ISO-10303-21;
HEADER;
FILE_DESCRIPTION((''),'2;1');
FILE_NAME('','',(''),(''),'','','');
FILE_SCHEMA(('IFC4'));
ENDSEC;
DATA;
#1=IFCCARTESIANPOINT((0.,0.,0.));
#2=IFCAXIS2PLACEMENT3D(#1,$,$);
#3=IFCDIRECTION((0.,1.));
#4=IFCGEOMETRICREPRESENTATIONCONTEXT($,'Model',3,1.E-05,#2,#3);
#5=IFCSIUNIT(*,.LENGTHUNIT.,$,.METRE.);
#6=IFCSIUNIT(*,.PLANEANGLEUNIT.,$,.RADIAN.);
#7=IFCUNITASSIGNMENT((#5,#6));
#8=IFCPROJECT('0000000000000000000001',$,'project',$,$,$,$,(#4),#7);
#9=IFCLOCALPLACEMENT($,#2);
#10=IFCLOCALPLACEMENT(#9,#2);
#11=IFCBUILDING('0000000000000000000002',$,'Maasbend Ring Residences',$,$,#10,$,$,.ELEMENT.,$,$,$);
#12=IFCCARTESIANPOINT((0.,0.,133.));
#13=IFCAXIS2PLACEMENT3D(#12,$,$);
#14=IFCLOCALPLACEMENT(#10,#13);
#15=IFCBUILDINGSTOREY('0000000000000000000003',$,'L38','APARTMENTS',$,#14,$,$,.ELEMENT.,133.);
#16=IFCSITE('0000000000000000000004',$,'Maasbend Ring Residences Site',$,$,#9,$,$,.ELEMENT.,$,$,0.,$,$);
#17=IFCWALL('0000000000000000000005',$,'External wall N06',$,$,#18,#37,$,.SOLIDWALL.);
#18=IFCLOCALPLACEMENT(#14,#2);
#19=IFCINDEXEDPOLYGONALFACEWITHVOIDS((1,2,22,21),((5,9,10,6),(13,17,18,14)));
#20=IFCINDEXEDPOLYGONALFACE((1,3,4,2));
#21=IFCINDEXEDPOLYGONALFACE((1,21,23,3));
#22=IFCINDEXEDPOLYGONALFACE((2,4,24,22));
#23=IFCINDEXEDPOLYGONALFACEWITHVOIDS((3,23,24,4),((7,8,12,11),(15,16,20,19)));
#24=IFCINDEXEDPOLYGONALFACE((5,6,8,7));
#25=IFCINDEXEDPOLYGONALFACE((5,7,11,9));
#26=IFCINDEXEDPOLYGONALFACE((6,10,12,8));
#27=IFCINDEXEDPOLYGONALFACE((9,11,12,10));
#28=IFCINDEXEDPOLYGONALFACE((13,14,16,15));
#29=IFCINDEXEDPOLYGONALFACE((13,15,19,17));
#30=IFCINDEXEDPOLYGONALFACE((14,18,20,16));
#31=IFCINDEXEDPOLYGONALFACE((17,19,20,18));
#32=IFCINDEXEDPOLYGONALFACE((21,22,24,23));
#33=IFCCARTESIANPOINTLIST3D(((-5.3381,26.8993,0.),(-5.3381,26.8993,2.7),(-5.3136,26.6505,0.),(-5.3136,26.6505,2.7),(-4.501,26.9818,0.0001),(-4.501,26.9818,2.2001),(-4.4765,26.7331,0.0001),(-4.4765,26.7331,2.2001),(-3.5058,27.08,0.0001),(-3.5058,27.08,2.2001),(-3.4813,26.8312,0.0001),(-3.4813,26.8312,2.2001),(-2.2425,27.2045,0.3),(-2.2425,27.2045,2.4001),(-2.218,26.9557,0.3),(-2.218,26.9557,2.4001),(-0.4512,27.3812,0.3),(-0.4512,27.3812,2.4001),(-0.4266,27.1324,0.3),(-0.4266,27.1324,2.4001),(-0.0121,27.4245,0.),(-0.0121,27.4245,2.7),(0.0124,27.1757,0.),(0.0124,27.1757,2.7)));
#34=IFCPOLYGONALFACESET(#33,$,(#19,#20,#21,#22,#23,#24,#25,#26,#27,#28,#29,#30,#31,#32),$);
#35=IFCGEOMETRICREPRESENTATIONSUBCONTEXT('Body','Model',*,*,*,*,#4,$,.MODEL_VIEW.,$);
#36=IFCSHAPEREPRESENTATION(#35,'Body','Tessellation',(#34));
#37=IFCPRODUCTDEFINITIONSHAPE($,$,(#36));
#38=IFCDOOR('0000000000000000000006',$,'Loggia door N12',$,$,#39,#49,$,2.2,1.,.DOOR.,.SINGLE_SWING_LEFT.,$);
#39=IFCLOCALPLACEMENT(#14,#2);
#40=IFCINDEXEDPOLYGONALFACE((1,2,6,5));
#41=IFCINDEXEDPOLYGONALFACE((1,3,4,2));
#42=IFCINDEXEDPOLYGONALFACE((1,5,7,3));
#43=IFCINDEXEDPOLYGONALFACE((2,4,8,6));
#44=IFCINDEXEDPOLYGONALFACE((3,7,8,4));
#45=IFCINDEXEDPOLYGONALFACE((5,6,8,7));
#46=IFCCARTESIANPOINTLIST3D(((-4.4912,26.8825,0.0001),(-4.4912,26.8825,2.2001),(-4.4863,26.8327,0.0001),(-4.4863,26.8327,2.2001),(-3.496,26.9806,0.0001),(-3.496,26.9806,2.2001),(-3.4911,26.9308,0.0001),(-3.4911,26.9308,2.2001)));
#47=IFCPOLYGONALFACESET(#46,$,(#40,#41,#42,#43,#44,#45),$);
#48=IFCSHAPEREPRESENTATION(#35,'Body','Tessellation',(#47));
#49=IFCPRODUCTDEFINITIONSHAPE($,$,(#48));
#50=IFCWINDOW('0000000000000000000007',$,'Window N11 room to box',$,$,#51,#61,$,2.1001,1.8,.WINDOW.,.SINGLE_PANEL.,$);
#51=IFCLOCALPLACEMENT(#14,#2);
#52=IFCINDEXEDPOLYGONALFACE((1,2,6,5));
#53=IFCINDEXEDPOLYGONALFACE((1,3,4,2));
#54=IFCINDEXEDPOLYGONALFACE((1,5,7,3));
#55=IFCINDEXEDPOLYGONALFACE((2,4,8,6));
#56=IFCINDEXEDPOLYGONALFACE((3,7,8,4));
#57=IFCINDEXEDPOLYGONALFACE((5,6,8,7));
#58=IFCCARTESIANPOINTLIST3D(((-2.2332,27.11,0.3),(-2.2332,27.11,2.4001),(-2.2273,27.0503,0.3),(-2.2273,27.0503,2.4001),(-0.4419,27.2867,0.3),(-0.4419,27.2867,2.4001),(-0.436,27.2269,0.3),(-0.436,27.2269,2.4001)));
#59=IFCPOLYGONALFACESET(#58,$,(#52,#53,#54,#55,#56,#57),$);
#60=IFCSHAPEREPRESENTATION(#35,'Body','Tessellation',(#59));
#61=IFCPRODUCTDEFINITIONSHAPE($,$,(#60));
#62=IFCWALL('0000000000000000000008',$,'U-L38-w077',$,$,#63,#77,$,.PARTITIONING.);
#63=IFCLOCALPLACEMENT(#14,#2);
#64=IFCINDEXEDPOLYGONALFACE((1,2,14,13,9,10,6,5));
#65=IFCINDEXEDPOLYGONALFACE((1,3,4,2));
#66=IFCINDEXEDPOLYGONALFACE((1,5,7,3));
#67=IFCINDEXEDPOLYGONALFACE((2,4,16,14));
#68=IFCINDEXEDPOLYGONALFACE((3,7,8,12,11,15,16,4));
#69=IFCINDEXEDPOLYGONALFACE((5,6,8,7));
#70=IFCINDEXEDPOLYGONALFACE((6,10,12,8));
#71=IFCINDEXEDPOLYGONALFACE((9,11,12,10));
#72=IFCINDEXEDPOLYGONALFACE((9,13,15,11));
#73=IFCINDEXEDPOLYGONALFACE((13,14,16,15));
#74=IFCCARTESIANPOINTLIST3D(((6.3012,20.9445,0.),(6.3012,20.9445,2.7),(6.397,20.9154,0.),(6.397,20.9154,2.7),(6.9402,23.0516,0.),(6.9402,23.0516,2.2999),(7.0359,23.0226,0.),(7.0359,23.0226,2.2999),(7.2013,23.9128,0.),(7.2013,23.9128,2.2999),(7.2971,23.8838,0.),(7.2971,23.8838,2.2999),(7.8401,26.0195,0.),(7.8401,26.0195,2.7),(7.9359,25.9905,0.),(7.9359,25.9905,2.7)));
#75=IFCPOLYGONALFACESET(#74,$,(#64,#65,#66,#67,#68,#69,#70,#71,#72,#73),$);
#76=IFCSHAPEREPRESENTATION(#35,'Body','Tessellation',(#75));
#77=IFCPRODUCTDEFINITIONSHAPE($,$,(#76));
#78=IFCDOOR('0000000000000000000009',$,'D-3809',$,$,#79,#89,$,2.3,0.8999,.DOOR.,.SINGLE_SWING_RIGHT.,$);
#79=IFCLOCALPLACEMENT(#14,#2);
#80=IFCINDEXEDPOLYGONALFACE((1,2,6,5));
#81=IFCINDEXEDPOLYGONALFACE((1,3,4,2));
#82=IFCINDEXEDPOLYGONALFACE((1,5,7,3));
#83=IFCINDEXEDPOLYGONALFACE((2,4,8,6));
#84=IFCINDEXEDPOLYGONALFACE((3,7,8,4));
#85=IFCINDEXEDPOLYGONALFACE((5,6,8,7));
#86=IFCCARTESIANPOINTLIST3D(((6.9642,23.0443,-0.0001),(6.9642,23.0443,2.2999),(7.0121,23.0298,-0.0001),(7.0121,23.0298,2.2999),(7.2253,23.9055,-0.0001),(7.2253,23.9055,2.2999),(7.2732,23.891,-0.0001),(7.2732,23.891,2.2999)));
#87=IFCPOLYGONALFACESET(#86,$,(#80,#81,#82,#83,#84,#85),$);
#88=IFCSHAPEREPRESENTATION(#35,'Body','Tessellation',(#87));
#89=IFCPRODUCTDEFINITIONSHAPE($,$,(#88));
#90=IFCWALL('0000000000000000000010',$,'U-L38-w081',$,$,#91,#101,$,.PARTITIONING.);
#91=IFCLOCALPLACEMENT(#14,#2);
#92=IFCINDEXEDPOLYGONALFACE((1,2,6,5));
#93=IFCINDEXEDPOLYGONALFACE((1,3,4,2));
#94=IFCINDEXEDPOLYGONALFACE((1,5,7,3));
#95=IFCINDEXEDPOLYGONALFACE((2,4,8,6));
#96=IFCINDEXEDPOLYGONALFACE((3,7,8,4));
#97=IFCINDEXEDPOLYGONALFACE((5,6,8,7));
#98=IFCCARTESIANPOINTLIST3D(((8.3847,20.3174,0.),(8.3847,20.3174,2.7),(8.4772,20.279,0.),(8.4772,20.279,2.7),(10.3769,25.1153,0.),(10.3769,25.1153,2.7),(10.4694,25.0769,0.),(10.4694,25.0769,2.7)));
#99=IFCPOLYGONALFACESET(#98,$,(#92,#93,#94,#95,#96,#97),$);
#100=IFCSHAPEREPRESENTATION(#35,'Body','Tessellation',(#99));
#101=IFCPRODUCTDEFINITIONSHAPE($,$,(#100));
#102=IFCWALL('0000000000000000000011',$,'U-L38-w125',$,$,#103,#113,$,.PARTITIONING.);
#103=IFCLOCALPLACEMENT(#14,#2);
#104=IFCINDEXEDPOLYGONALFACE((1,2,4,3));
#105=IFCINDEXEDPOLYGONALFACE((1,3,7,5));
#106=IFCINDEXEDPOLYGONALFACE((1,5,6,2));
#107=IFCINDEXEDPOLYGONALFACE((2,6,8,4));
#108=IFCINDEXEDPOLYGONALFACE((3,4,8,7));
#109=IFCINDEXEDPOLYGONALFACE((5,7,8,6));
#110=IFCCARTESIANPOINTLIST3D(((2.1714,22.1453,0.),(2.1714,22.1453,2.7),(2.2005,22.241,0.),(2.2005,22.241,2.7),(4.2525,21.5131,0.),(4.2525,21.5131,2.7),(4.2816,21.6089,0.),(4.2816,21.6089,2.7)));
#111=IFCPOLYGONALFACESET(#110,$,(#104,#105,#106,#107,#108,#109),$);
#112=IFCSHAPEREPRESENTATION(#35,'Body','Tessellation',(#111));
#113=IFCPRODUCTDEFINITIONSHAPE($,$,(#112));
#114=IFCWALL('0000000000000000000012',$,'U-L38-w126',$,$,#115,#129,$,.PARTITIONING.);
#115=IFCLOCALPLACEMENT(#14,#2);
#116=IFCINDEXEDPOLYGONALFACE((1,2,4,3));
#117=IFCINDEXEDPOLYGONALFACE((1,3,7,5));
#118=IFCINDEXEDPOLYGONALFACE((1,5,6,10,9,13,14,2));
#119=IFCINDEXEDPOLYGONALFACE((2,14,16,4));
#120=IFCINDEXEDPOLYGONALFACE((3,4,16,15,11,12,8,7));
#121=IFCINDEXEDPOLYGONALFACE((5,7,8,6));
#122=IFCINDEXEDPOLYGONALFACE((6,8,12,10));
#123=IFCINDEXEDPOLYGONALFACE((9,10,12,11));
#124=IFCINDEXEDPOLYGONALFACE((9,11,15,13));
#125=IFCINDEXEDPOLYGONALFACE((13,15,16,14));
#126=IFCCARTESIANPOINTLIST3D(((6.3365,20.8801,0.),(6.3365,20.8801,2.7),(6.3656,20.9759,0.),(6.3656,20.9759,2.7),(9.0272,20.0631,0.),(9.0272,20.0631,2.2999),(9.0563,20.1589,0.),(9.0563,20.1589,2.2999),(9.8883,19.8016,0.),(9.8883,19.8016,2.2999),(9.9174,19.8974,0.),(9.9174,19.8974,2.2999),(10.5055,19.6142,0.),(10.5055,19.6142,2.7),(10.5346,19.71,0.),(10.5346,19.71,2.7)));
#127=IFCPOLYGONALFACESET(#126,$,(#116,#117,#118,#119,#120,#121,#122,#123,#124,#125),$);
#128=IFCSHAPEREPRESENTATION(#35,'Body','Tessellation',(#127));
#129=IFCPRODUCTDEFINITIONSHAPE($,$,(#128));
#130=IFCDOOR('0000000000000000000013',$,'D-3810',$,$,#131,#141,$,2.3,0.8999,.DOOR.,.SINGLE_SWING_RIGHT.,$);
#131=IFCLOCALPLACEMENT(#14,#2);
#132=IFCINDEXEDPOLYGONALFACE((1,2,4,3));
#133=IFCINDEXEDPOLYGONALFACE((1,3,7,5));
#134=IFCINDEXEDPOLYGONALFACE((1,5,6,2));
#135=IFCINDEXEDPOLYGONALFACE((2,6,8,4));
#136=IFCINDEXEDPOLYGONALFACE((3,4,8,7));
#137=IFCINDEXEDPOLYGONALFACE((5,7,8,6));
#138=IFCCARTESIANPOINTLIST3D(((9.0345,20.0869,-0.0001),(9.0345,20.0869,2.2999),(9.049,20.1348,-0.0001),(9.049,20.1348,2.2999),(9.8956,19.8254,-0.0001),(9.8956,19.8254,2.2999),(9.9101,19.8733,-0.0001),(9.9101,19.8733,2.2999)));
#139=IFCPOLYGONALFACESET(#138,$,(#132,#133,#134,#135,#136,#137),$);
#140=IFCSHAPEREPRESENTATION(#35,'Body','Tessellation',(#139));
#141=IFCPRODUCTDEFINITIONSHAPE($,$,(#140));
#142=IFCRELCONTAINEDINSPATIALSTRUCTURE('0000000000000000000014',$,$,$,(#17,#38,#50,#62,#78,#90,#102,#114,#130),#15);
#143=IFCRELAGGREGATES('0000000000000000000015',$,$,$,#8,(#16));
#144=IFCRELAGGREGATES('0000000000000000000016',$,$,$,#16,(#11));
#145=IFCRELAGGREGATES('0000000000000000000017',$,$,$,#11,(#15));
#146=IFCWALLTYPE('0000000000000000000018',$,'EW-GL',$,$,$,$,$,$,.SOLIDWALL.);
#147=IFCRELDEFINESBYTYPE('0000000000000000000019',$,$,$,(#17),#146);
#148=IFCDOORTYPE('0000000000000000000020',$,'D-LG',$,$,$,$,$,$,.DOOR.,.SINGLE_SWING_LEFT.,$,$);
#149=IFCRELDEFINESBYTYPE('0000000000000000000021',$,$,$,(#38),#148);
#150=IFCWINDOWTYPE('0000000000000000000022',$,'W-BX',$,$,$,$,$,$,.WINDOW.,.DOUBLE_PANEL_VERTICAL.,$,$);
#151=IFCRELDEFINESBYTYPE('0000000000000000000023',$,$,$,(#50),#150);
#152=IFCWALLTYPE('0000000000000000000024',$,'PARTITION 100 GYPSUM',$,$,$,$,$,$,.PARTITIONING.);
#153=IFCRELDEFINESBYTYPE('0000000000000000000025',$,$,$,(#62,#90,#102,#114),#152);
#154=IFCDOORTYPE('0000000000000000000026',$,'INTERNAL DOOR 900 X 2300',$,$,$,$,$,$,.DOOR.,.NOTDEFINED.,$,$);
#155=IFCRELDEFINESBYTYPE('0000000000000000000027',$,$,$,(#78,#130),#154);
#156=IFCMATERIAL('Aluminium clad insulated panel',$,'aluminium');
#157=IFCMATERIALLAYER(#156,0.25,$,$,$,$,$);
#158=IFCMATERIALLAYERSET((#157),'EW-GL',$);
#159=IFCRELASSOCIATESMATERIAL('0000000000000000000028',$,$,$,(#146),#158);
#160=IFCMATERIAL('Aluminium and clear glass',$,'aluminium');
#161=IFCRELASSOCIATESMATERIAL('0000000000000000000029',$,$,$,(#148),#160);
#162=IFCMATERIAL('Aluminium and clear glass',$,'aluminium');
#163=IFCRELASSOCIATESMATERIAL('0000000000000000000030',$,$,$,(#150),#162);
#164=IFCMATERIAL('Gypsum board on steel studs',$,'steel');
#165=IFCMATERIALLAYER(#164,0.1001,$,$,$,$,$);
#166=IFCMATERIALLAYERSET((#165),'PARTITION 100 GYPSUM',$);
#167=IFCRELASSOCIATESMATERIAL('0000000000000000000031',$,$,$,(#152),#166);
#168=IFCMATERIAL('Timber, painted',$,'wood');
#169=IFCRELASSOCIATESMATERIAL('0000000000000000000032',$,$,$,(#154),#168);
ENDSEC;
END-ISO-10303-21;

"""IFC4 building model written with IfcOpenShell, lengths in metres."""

from ifc_helpers import new_model, si_unit, direction, frame, frame_2d, origin, place, context, subcontext, project, spatial, rectangle, extrude, material, layer, layer_set, type_object, element, fill, save


model = new_model("IFC4")

# Units and contexts
model_context = context("Model", 3, precision=1e-05, world=origin(), true_north=direction((0.0, 1.0)))
body_context = subcontext(model_context, "Body", "Model", "MODEL_VIEW")
ifc_project = project(units=[si_unit("LENGTHUNIT", "METRE"), si_unit("PLANEANGLEUNIT", "RADIAN")], contexts=[model_context])

# Site, building, storey
site_placement = place(None, origin())
site = spatial("IfcSite", under=ifc_project, at=site_placement, Name="Maasbend Ring Residences Site", CompositionType="ELEMENT", RefElevation=0.0)
building_placement = place(site_placement, origin())
building = spatial("IfcBuilding", under=site, at=building_placement, Name="Maasbend Ring Residences", CompositionType="ELEMENT")
storey_placement = place(building_placement, frame((0.0, 0.0, 133.0)))
storey = spatial("IfcBuildingStorey", under=building, at=storey_placement, Name="L38", Description="APARTMENTS", CompositionType="ELEMENT", Elevation=133.0)

# Wall, openings, door, window
ifc_material_1 = material(Name="Aluminium clad insulated panel", Category="aluminium")
ifc_layer_1 = layer(ifc_material_1, 0.25)
ifc_layer_set_1 = layer_set([ifc_layer_1], Name="EW-GL")
wall_type_1 = type_object("IfcWallType", Name="EW-GL", PredefinedType="SOLIDWALL", material=ifc_layer_set_1)
ifc_material_2 = material(Name="Aluminium and clear glass", Category="aluminium")
door_type_1 = type_object("IfcDoorType", Name="D-LG", OperationType="SINGLE_SWING_LEFT", PredefinedType="DOOR", material=ifc_material_2)
ifc_material_3 = material(Name="Aluminium and clear glass", Category="aluminium")
window_type_1 = type_object("IfcWindowType", Name="W-BX", PartitioningType="DOUBLE_PANEL_VERTICAL", PredefinedType="WINDOW", material=ifc_material_3)
wall_1_placement = place(storey_placement, frame((0.0, 27.3, 0.0), z_axis=(0.0, 0.0, 1.0), x_axis=(-0.995174, -0.098126, 0.0)))
wall_1 = element("IfcWall", 1, at=wall_1_placement, inside=storey, type_object=wall_type_1, Name="External wall N06", PredefinedType="SOLIDWALL", context=body_context, shape_type="SweptSolid", body=[
    extrude(rectangle(XDim=5.3518, YDim=0.25, at=frame_2d((2.6758, 0.0))), origin(), (0.0, 0.0, 1.0), 2.7),
])
opening_1_placement = place(wall_1_placement, frame((0.4412, 0.0, 0.3)))
opening_1 = element("IfcOpeningElement", 2, at=opening_1_placement, cuts=wall_1, PredefinedType="OPENING", context=body_context, shape_type="SweptSolid", body=[
    extrude(rectangle(XDim=1.8, YDim=2.1001, at=frame_2d((0.8999, 1.05))), frame((0.0, 0.135, 0.0), z_axis=(0.0, -1.0, 0.0), x_axis=(1.0, 0.0, 0.0)), (0.0, 0.0, 1.0), 0.27),
])
opening_2_placement = place(wall_1_placement, frame((3.5105, 0.0, 0.0)))
opening_2 = element("IfcOpeningElement", 3, at=opening_2_placement, cuts=wall_1, PredefinedType="OPENING", context=body_context, shape_type="SweptSolid", body=[
    extrude(rectangle(XDim=1.0, YDim=2.2, at=frame_2d((0.5, 1.1001))), frame((0.0, 0.135, 0.0), z_axis=(0.0, -1.0, 0.0), x_axis=(1.0, 0.0, 0.0)), (0.0, 0.0, 1.0), 0.27),
])
door_1_placement = place(opening_2_placement, origin())
door_1 = element("IfcDoor", 4, at=door_1_placement, inside=storey, type_object=door_type_1, Name="Loggia door N12", OperationType="SINGLE_SWING_LEFT", OverallHeight=2.2, OverallWidth=1.0, PredefinedType="DOOR", context=body_context, shape_type="SweptSolid", body=[
    extrude(rectangle(XDim=1.0, YDim=2.2, at=frame_2d((0.5, 1.1001))), frame((0.0, 0.0249, 0.0), z_axis=(0.0, -1.0, 0.0), x_axis=(1.0, 0.0, 0.0)), (0.0, 0.0, 1.0), 0.05),
])
fill(opening_2, door_1)
window_1_placement = place(opening_1_placement, origin())
window_1 = element("IfcWindow", 5, at=window_1_placement, inside=storey, type_object=window_type_1, Name="Window N11 room to box", OverallHeight=2.1001, OverallWidth=1.8, PartitioningType="SINGLE_PANEL", PredefinedType="WINDOW", context=body_context, shape_type="SweptSolid", body=[
    extrude(rectangle(XDim=1.8, YDim=2.1001, at=frame_2d((0.8999, 1.05))), frame((0.0, 0.03, 0.0), z_axis=(0.0, -1.0, 0.0), x_axis=(1.0, 0.0, 0.0)), (0.0, 0.0, 1.0), 0.0601),
])
fill(opening_1, window_1)

# Wall, opening, door
ifc_material_4 = material(Name="Gypsum board on steel studs", Category="steel")
ifc_layer_2 = layer(ifc_material_4, 0.1001)
ifc_layer_set_2 = layer_set([ifc_layer_2], Name="PARTITION 100 GYPSUM")
wall_type_2 = type_object("IfcWallType", Name="PARTITION 100 GYPSUM", PredefinedType="PARTITIONING", material=ifc_layer_set_2)
wall_2_placement = place(storey_placement, frame((6.3491, 20.9299, 0.0), z_axis=(0.0, 0.0, 1.0), x_axis=(0.290172, 0.956974, 0.0)))
wall_2 = element("IfcWall", 6, at=wall_2_placement, inside=storey, type_object=wall_type_2, Name="U-L38-w077", PredefinedType="PARTITIONING", context=body_context, shape_type="SweptSolid", body=[
    extrude(rectangle(XDim=5.3032, YDim=0.1001, at=frame_2d((2.6516, 0.0))), origin(), (0.0, 0.0, 1.0), 2.7),
])
opening_3_placement = place(wall_2_placement, frame((2.2019, 0.0, 0.0)))
opening_3 = element("IfcOpeningElement", 7, at=opening_3_placement, cuts=wall_2, PredefinedType="OPENING", context=body_context, shape_type="SweptSolid", body=[
    extrude(rectangle(XDim=0.8999, YDim=2.3, at=frame_2d((0.45, 1.1499))), frame((0.0, 0.0601, 0.0), z_axis=(0.0, -1.0, 0.0), x_axis=(1.0, 0.0, 0.0)), (0.0, 0.0, 1.0), 0.1201),
])
ifc_material_5 = material(Name="Timber, painted", Category="wood")
door_type_2 = type_object("IfcDoorType", Name="INTERNAL DOOR 900 X 2300", OperationType="NOTDEFINED", PredefinedType="DOOR", material=ifc_material_5)
door_2_placement = place(opening_3_placement, origin())
door_2 = element("IfcDoor", 8, at=door_2_placement, inside=storey, type_object=door_type_2, Name="D-3809", OperationType="SINGLE_SWING_RIGHT", OverallHeight=2.3, OverallWidth=0.8999, PredefinedType="DOOR", context=body_context, shape_type="SweptSolid", body=[
    extrude(rectangle(XDim=0.8999, YDim=2.3, at=frame_2d((0.45, 1.1499))), frame((0.0, 0.0249, 0.0), z_axis=(0.0, -1.0, 0.0), x_axis=(1.0, 0.0, 0.0)), (0.0, 0.0, 1.0), 0.05),
])
fill(opening_3, door_2)

# Walls
wall_3_placement = place(storey_placement, frame((8.4309, 20.2981, 0.0), z_axis=(0.0, 0.0, 1.0), x_axis=(0.383481, 0.923549, 0.0)))
element("IfcWall", 9, at=wall_3_placement, inside=storey, type_object=wall_type_2, Name="U-L38-w081", PredefinedType="PARTITIONING", context=body_context, shape_type="SweptSolid", body=[
    extrude(rectangle(XDim=5.1951, YDim=0.1001, at=frame_2d((2.5977, 0.0))), origin(), (0.0, 0.0, 1.0), 2.7),
])
wall_4_placement = place(storey_placement, frame((2.186, 22.1931, 0.0), z_axis=(0.0, 0.0, 1.0), x_axis=(0.956838, -0.290621, 0.0)))
element("IfcWall", 10, at=wall_4_placement, inside=storey, type_object=wall_type_2, Name="U-L38-w125", PredefinedType="PARTITIONING", context=body_context, shape_type="SweptSolid", body=[
    extrude(rectangle(XDim=2.175, YDim=0.1001, at=frame_2d((1.0874, 0.0))), origin(), (0.0, 0.0, 1.0), 2.7),
])

# Wall, opening, door
wall_5_placement = place(storey_placement, frame((6.3511, 20.928, 0.0), z_axis=(0.0, 0.0, 1.0), x_axis=(0.956862, -0.290544, 0.0)))
wall_5 = element("IfcWall", 11, at=wall_5_placement, inside=storey, type_object=wall_type_2, Name="U-L38-w126", PredefinedType="PARTITIONING", context=body_context, shape_type="SweptSolid", body=[
    extrude(rectangle(XDim=4.3569, YDim=0.1001, at=frame_2d((2.1785, 0.0))), origin(), (0.0, 0.0, 1.0), 2.7),
])
opening_4_placement = place(wall_5_placement, frame((2.812, 0.0, 0.0)))
opening_4 = element("IfcOpeningElement", 12, at=opening_4_placement, cuts=wall_5, PredefinedType="OPENING", context=body_context, shape_type="SweptSolid", body=[
    extrude(rectangle(XDim=0.8999, YDim=2.3, at=frame_2d((0.45, 1.1499))), frame((0.0, 0.0601, 0.0), z_axis=(0.0, -1.0, 0.0), x_axis=(1.0, 0.0, 0.0)), (0.0, 0.0, 1.0), 0.1201),
])
door_3_placement = place(opening_4_placement, origin())
door_3 = element("IfcDoor", 13, at=door_3_placement, inside=storey, type_object=door_type_2, Name="D-3810", OperationType="SINGLE_SWING_RIGHT", OverallHeight=2.3, OverallWidth=0.8999, PredefinedType="DOOR", context=body_context, shape_type="SweptSolid", body=[
    extrude(rectangle(XDim=0.8999, YDim=2.3, at=frame_2d((0.45, 1.1499))), frame((0.0, 0.0249, 0.0), z_axis=(0.0, -1.0, 0.0), x_axis=(1.0, 0.0, 0.0)), (0.0, 0.0, 1.0), 0.05),
])
fill(opening_4, door_3)

save(model, "model.ifc")
